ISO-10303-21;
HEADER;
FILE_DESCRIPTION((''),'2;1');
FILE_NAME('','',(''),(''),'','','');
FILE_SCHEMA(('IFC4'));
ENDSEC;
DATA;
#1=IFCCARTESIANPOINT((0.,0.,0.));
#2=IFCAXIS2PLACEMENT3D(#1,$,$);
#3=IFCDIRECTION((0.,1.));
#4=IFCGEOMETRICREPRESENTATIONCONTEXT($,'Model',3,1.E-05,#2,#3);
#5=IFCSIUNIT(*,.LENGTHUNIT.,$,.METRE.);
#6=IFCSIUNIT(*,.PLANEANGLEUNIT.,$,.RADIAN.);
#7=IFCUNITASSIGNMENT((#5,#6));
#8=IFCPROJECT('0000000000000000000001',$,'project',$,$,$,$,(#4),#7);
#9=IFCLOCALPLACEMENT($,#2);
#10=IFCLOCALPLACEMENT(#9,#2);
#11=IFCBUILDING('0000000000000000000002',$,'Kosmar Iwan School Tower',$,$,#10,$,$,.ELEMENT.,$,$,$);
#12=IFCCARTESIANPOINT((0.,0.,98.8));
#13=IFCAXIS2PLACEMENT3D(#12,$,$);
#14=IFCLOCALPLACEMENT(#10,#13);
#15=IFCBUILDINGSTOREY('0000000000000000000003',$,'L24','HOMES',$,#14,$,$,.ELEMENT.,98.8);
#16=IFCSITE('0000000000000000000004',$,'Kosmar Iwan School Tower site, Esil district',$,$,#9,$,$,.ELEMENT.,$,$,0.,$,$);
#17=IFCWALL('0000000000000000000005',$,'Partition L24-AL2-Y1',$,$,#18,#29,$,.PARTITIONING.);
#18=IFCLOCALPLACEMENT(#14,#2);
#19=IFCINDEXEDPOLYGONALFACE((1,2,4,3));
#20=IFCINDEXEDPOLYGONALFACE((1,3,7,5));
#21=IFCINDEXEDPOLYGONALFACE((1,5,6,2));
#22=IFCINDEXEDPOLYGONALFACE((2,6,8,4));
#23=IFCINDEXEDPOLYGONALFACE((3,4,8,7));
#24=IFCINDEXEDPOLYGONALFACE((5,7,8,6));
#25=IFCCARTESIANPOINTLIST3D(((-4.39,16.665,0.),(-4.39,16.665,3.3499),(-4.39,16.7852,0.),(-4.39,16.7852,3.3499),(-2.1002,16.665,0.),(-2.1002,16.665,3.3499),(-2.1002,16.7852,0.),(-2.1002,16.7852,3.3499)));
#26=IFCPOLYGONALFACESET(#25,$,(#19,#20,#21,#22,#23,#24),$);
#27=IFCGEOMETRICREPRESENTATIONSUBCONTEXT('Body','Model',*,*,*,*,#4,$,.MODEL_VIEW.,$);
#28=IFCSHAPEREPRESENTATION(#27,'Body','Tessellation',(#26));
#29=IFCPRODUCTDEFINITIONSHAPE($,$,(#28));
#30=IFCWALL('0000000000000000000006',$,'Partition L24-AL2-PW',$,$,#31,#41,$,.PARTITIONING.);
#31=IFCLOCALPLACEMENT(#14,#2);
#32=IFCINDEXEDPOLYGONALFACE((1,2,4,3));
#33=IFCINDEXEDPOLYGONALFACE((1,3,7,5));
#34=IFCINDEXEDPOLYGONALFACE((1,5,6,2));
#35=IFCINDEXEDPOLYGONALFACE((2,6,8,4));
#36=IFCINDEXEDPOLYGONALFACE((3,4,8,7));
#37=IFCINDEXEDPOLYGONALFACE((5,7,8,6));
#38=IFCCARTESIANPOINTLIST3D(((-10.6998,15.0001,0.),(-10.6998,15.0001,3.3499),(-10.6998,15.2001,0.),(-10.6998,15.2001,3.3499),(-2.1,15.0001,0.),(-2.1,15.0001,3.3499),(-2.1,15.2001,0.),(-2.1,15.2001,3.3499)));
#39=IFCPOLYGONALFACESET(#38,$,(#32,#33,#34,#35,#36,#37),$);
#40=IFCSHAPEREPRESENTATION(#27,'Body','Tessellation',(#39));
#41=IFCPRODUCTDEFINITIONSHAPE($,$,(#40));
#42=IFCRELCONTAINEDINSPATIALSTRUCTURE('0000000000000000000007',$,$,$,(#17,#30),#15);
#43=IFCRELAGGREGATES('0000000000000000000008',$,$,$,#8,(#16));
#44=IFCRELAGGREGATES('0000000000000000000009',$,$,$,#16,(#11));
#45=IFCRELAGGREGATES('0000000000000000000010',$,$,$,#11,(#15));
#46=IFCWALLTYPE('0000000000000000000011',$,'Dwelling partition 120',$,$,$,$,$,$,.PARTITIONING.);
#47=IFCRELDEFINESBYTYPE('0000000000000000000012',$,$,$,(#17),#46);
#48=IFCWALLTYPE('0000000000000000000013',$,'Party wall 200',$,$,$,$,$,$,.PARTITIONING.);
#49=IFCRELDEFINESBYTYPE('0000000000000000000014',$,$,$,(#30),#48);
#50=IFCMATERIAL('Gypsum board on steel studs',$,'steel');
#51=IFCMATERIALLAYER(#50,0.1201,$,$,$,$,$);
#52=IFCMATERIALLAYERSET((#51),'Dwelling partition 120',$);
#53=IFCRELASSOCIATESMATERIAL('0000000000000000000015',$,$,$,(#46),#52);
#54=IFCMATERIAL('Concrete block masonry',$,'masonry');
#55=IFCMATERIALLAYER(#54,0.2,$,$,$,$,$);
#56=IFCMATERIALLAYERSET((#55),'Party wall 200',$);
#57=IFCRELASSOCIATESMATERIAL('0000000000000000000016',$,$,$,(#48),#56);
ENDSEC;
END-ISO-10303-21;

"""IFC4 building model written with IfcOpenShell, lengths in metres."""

from ifc_helpers import new_model, si_unit, direction, frame, frame_2d, origin, place, context, subcontext, project, spatial, rectangle, extrude, material, layer, layer_set, type_object, element, save


model = new_model("IFC4")

# Units and contexts
model_context = context("Model", 3, precision=1e-05, world=origin(), true_north=direction((0.0, 1.0)))
body_context = subcontext(model_context, "Body", "Model", "MODEL_VIEW")
ifc_project = project(units=[si_unit("LENGTHUNIT", "METRE"), si_unit("PLANEANGLEUNIT", "RADIAN")], contexts=[model_context])

# Site, building, storey
site_placement = place(None, origin())
site = spatial("IfcSite", under=ifc_project, at=site_placement, Name="Kosmar Iwan School Tower site, Esil district", CompositionType="ELEMENT", RefElevation=0.0)
building_placement = place(site_placement, origin())
building = spatial("IfcBuilding", under=site, at=building_placement, Name="Kosmar Iwan School Tower", CompositionType="ELEMENT")
storey_placement = place(building_placement, frame((0.0, 0.0, 98.8)))
storey = spatial("IfcBuildingStorey", under=building, at=storey_placement, Name="L24", Description="HOMES", CompositionType="ELEMENT", Elevation=98.8)

# Shared definitions
ifc_material_1 = material(Name="Gypsum board on steel studs", Category="steel")
ifc_layer_1 = layer(ifc_material_1, 0.1201)
ifc_layer_set_1 = layer_set([ifc_layer_1], Name="Dwelling partition 120")
wall_type_1 = type_object("IfcWallType", Name="Dwelling partition 120", PredefinedType="PARTITIONING", material=ifc_layer_set_1)

# Walls
wall_1_placement = place(storey_placement, frame((-2.1001, 16.7251, 0.0), z_axis=(0.0, 0.0, 1.0), x_axis=(-1.0, 0.0, 0.0)))
element("IfcWall", 1, at=wall_1_placement, inside=storey, type_object=wall_type_1, Name="Partition L24-AL2-Y1", PredefinedType="PARTITIONING", context=body_context, shape_type="SweptSolid", body=[
    extrude(rectangle(XDim=2.2898, YDim=0.1201, at=frame_2d((1.145, 0.0))), origin(), (0.0, 0.0, 1.0), 3.3499),
])
ifc_material_2 = material(Name="Concrete block masonry", Category="masonry")
ifc_layer_2 = layer(ifc_material_2, 0.2)
ifc_layer_set_2 = layer_set([ifc_layer_2], Name="Party wall 200")
wall_type_2 = type_object("IfcWallType", Name="Party wall 200", PredefinedType="PARTITIONING", material=ifc_layer_set_2)
wall_2_placement = place(storey_placement, frame((-2.1001, 15.1001, 0.0), z_axis=(0.0, 0.0, 1.0), x_axis=(-1.0, 0.0, 0.0)))
element("IfcWall", 2, at=wall_2_placement, inside=storey, type_object=wall_type_2, Name="Partition L24-AL2-PW", PredefinedType="PARTITIONING", context=body_context, shape_type="SweptSolid", body=[
    extrude(rectangle(XDim=8.5999, YDim=0.2, at=frame_2d((4.2998, 0.0))), origin(), (0.0, 0.0, 1.0), 3.3499),
])

save(model, "model.ifc")
